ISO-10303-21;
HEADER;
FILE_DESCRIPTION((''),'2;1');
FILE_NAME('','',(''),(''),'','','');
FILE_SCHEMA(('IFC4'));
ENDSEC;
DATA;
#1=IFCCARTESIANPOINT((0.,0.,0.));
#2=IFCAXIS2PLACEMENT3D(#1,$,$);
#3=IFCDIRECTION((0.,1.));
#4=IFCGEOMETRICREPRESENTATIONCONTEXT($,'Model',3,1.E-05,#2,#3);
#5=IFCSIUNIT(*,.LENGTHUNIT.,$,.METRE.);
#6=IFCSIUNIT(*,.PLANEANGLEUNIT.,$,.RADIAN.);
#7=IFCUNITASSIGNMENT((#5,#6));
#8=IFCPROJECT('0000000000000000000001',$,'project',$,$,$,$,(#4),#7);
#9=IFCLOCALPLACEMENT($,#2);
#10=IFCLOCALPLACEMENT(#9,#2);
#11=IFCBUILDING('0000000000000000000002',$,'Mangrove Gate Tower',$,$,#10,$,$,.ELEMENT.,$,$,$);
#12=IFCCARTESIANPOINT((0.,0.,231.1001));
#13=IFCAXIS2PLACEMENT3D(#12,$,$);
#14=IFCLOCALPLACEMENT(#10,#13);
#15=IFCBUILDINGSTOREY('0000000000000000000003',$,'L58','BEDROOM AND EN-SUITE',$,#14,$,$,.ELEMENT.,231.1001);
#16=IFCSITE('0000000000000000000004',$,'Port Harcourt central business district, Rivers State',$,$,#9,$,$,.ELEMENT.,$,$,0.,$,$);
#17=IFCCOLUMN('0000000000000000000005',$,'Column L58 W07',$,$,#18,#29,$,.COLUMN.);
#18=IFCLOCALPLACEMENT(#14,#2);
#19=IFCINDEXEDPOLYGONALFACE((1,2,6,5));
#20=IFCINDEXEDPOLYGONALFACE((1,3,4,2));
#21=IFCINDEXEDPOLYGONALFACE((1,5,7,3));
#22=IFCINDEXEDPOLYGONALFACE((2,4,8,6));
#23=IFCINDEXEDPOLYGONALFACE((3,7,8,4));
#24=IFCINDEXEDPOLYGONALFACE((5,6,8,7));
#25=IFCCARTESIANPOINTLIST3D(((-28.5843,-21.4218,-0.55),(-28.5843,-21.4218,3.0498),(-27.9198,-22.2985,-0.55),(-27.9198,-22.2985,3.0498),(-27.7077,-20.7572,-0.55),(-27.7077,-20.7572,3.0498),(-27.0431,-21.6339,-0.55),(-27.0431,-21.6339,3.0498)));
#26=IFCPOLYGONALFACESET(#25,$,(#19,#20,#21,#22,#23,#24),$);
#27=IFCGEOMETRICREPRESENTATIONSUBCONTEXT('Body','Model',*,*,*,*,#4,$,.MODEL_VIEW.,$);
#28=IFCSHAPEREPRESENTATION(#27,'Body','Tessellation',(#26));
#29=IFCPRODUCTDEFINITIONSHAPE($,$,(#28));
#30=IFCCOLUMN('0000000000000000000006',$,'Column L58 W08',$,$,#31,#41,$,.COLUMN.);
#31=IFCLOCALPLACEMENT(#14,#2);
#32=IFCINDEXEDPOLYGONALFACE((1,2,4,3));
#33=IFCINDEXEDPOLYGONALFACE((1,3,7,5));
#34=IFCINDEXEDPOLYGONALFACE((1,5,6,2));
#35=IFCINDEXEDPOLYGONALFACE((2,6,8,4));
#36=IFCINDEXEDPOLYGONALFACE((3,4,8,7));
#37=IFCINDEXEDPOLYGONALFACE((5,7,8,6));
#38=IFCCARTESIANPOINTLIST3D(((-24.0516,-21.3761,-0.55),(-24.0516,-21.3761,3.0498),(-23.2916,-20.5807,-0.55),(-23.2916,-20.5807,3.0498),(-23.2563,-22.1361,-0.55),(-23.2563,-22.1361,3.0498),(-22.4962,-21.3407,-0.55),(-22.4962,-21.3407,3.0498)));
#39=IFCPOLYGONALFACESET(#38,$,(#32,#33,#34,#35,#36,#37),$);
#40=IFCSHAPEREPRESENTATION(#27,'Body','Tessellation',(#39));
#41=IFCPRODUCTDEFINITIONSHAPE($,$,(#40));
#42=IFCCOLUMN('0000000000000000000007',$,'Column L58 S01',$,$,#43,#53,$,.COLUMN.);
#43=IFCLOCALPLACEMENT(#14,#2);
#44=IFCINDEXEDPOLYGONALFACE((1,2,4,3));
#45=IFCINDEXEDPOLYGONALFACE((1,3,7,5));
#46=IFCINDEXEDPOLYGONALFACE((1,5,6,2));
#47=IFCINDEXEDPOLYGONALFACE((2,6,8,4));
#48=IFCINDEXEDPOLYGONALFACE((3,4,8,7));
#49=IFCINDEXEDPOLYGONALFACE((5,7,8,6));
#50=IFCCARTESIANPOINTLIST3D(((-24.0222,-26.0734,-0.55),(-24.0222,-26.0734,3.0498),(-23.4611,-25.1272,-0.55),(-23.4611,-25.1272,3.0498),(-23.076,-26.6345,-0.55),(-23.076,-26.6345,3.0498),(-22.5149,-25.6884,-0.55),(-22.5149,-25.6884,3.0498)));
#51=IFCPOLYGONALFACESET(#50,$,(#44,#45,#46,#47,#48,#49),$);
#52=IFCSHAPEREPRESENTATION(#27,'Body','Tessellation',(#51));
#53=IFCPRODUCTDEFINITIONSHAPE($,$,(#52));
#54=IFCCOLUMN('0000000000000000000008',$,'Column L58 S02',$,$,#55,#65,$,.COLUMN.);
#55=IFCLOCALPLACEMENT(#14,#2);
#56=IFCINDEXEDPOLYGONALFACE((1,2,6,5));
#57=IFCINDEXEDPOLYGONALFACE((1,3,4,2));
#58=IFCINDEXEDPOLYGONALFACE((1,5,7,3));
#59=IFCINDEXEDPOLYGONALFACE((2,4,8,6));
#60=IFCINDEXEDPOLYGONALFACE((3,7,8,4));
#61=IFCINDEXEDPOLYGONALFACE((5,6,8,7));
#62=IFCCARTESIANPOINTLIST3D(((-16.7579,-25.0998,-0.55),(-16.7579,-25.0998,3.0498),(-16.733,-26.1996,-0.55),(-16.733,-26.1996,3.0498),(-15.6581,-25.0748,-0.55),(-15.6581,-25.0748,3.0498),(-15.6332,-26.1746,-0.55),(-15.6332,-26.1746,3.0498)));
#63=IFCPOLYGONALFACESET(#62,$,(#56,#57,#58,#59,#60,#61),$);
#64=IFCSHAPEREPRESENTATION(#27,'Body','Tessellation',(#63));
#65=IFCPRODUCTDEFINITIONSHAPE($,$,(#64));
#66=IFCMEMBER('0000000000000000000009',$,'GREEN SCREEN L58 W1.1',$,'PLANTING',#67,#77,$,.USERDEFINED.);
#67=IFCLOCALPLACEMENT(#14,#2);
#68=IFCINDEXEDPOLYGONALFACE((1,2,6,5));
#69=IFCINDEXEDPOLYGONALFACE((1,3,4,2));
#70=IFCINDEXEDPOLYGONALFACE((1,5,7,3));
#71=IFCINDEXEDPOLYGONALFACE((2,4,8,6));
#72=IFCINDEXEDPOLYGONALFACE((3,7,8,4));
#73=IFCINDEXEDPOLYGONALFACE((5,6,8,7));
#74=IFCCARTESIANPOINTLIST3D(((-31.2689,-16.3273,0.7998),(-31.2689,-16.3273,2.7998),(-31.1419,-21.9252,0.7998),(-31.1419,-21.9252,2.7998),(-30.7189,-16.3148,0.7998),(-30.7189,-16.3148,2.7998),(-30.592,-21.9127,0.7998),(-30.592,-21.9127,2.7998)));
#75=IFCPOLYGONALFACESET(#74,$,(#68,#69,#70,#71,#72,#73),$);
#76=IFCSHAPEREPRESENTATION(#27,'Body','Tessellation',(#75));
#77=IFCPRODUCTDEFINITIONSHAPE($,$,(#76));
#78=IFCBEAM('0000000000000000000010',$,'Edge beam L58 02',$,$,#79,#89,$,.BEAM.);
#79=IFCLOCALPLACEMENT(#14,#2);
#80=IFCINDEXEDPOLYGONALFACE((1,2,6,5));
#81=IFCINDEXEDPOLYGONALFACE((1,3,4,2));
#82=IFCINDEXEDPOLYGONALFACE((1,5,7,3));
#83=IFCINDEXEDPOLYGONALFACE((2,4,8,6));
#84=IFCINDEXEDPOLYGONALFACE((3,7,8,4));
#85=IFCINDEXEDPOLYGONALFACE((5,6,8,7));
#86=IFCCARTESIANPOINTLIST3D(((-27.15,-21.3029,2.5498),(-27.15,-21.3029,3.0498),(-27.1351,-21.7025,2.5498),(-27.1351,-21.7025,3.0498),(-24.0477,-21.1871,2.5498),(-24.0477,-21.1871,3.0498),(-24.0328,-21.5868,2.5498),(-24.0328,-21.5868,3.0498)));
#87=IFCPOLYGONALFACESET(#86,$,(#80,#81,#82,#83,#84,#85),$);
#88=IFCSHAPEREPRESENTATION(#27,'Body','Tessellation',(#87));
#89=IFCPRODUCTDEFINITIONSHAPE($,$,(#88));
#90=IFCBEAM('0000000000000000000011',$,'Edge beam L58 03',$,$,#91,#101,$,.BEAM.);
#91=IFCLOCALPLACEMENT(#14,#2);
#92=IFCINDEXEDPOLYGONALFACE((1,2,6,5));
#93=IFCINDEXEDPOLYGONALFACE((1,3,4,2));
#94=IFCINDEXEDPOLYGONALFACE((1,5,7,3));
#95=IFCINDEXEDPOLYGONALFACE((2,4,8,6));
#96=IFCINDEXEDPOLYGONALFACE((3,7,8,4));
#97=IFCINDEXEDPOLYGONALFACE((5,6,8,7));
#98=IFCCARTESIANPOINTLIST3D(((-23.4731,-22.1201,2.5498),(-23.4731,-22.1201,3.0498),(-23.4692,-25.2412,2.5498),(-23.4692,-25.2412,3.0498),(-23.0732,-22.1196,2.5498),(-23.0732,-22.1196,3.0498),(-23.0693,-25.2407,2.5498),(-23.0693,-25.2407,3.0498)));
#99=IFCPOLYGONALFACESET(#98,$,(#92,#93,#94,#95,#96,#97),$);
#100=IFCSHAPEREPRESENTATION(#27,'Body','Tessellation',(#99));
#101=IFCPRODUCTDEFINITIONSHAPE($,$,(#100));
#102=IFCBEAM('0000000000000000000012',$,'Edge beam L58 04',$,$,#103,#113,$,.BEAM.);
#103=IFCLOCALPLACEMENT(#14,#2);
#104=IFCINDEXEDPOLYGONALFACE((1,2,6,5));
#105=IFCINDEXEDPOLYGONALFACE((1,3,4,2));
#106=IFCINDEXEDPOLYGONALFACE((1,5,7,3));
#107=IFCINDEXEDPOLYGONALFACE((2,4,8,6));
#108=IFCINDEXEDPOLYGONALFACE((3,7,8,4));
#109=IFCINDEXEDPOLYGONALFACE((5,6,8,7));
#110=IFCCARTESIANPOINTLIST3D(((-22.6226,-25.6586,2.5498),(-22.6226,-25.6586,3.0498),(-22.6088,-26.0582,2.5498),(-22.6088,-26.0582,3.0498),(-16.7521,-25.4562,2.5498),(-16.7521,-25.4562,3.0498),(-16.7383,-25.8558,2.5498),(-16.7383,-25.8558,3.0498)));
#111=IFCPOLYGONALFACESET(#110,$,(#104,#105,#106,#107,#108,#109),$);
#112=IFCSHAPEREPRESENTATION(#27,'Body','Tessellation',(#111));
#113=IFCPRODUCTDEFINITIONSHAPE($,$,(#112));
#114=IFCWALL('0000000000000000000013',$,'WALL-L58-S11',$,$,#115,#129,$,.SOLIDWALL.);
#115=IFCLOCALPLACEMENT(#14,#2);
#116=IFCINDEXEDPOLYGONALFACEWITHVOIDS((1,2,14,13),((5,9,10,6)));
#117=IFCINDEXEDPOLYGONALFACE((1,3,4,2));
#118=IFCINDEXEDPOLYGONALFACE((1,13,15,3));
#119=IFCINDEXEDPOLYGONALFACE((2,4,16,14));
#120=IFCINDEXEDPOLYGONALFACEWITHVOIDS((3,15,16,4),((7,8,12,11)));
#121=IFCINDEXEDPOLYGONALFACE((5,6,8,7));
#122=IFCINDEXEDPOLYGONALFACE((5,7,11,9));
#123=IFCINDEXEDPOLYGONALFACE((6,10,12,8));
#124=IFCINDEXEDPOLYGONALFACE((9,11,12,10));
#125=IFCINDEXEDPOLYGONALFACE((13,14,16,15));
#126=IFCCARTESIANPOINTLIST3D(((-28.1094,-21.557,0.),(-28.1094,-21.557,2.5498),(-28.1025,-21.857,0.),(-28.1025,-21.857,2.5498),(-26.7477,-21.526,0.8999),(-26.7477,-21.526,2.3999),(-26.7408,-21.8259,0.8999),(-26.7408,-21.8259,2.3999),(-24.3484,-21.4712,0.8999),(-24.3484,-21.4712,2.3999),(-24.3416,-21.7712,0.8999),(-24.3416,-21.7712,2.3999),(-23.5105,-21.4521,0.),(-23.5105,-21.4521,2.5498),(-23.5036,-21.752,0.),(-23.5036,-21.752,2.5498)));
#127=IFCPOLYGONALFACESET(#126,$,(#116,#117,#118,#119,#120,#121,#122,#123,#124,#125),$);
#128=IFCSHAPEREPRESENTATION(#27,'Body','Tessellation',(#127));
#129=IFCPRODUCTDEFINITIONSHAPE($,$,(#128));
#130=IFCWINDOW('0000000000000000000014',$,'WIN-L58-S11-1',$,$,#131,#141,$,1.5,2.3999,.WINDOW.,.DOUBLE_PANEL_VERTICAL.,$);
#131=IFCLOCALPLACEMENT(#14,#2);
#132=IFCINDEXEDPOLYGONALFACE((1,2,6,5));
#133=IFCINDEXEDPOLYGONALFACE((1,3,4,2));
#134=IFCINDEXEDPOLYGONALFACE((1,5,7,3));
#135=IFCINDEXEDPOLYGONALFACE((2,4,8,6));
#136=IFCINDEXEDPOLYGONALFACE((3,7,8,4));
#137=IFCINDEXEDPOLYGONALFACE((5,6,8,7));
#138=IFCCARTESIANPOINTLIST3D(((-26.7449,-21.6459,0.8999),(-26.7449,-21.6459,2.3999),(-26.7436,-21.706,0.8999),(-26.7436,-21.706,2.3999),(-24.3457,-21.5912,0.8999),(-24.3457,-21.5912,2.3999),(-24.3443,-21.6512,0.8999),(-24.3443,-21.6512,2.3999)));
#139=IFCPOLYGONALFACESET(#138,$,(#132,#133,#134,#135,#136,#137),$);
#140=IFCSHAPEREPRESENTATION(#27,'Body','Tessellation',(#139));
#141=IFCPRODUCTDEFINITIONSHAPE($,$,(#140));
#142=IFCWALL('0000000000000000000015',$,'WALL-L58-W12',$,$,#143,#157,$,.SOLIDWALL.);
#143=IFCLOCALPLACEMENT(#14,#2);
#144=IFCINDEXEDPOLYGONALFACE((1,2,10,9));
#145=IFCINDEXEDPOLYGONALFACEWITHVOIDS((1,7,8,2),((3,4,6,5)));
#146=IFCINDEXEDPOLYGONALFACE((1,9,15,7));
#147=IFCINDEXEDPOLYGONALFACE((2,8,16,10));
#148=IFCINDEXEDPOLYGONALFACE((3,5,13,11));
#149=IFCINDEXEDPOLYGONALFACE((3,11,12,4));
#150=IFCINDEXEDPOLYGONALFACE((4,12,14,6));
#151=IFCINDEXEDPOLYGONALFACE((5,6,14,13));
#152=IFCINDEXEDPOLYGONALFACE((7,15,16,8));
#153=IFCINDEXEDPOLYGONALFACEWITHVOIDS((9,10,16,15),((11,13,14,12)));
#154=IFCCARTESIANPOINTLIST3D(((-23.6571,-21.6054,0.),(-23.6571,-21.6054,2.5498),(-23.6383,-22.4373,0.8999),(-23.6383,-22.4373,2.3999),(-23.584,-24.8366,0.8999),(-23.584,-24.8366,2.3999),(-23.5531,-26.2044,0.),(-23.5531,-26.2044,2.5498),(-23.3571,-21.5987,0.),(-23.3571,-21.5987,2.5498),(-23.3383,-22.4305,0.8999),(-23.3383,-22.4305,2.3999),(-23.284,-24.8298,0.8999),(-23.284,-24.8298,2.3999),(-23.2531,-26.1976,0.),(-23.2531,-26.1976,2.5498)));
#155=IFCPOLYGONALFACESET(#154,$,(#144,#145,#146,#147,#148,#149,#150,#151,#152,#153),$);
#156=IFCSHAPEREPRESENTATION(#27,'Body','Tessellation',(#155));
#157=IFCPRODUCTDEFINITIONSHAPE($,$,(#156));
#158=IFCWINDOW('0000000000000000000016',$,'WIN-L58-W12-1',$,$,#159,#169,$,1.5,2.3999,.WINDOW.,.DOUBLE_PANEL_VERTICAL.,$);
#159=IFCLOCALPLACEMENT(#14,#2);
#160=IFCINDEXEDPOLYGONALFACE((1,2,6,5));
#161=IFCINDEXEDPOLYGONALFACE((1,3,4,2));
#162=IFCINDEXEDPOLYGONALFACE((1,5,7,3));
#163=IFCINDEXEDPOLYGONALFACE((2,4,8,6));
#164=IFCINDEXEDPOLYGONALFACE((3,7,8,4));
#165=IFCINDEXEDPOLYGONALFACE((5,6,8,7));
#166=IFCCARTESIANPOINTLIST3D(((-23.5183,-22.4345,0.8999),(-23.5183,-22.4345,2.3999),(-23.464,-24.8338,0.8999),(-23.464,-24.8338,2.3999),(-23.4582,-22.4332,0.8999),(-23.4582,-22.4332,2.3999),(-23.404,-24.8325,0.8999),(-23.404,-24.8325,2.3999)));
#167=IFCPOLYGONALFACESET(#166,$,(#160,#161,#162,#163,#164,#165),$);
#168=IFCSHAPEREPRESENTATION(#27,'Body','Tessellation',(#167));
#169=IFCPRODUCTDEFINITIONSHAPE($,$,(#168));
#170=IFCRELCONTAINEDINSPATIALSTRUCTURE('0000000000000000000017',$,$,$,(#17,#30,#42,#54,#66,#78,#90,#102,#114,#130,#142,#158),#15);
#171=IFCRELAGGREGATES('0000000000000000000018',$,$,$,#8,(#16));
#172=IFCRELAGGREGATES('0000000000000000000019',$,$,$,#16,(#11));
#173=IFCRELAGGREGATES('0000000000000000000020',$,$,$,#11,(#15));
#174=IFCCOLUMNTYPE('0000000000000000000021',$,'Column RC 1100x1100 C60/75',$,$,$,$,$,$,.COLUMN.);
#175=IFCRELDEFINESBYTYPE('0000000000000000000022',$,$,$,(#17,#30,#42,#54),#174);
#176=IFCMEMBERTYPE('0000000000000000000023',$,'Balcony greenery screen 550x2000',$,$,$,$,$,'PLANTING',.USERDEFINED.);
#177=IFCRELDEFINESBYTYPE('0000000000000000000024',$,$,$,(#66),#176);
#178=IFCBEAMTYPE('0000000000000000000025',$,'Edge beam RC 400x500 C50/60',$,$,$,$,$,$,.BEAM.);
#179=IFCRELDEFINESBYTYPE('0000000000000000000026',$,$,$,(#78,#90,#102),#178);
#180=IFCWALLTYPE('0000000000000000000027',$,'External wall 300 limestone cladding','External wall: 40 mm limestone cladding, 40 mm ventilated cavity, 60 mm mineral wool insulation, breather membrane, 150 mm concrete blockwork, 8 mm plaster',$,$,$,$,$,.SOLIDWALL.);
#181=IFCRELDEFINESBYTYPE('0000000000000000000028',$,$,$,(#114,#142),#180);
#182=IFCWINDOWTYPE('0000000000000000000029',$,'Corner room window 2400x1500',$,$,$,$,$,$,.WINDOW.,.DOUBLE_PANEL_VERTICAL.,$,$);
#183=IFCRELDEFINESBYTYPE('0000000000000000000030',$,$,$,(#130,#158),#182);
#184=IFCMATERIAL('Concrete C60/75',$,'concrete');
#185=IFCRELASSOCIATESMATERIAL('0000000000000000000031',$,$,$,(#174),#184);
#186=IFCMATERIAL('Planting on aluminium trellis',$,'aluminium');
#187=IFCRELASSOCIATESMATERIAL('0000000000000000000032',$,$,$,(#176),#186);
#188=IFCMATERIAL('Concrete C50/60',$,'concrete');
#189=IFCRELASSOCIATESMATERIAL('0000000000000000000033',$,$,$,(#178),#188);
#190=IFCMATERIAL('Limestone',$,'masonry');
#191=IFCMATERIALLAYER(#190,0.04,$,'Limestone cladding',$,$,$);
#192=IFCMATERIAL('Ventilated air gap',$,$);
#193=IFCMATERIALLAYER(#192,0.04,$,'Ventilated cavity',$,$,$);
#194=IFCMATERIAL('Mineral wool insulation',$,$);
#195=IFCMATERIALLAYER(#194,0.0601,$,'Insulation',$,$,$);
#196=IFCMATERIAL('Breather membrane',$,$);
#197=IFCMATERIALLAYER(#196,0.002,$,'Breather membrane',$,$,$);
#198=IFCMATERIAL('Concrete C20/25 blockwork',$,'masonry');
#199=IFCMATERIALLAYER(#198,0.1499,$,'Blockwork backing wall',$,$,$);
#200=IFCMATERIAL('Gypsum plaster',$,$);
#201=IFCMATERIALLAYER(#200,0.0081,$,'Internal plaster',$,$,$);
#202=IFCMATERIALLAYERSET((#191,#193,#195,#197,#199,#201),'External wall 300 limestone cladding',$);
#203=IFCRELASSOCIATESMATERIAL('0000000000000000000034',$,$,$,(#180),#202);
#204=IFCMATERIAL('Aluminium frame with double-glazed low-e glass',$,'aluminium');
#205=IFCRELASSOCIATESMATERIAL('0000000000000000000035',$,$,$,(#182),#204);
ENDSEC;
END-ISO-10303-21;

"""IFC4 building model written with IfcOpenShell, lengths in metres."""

from ifc_helpers import new_model, si_unit, direction, frame, frame_2d, origin, origin_2d, place, context, subcontext, project, spatial, rectangle, extrude, material, layer, layer_set, material_profile, profile_set, type_object, element, fill, save


model = new_model("IFC4")

# Units and contexts
model_context = context("Model", 3, precision=1e-05, world=origin(), true_north=direction((0.0, 1.0)))
body_context = subcontext(model_context, "Body", "Model", "MODEL_VIEW")
ifc_project = project(units=[si_unit("LENGTHUNIT", "METRE"), si_unit("PLANEANGLEUNIT", "RADIAN")], contexts=[model_context])

# Site, building, storey
site_placement = place(None, origin())
site = spatial("IfcSite", under=ifc_project, at=site_placement, Name="Port Harcourt central business district, Rivers State", CompositionType="ELEMENT", RefElevation=0.0)
building_placement = place(site_placement, origin())
building = spatial("IfcBuilding", under=site, at=building_placement, Name="Mangrove Gate Tower", CompositionType="ELEMENT")
storey_placement = place(building_placement, frame((0.0, 0.0, 231.1001)))
storey = spatial("IfcBuildingStorey", under=building, at=storey_placement, Name="L58", Description="BEDROOM AND EN-SUITE", CompositionType="ELEMENT", Elevation=231.1001)

# Columns
ifc_material_1 = material(Name="Concrete C60/75", Category="concrete")
ifc_material_profile_1 = material_profile(ifc_material_1, rectangle(XDim=1.1001, YDim=1.1001, at=origin_2d()))
ifc_profile_set_1 = profile_set([ifc_material_profile_1], Name="Concrete C60/75")
column_type = type_object("IfcColumnType", Name="Column RC 1100x1100 C60/75", PredefinedType="COLUMN", material=ifc_profile_set_1)
for number, where, z_axis, x_axis, name in (
    (1, (-27.8137, -21.5278, -0.55), (0.0, 0.0, 1.0), (0.604088, -0.796917, 0.0), "Column L58 W07"),
    (2, (-23.2739, -21.3584, -0.55), (0.0, 0.0, 1.0), (0.722989, -0.69086, 0.0), "Column L58 W08"),
    (3, (-23.2686, -25.8809, -0.55), (0.0, 0.0, 1.0), (0.860103, -0.510121, 0.0), "Column L58 S01"),
    (4, (-16.1956, -25.6372, -0.55), (0.0, 0.0, 1.0), (0.999743, 0.022666, 0.0), "Column L58 S02"),
):
    element("IfcColumn", number, at=place(storey_placement, frame(where, z_axis=z_axis, x_axis=x_axis)), inside=storey, type_object=column_type, Name=name, PredefinedType="COLUMN", context=body_context, shape_type="SweptSolid", body=[
        extrude(rectangle(XDim=1.1001, YDim=1.1001, at=origin_2d()), origin(), (0.0, 0.0, 1.0), 3.5999),
    ])

# Member
ifc_material_2 = material(Name="Planting on aluminium trellis", Category="aluminium")
ifc_material_profile_2 = material_profile(ifc_material_2, rectangle(XDim=0.55, YDim=2.0, at=origin_2d()))
ifc_profile_set_2 = profile_set([ifc_material_profile_2], Name="Planting on aluminium trellis")
member_type = type_object("IfcMemberType", Name="Balcony greenery screen 550x2000", ElementType="PLANTING", PredefinedType="USERDEFINED", material=ifc_profile_set_2)
member_placement = place(storey_placement, frame((-30.8669, -21.9189, 1.7998), z_axis=(-0.022673, 0.999743, 0.0), x_axis=(-0.999743, -0.022673, 0.0)))
element("IfcMember", 5, at=member_placement, inside=storey, type_object=member_type, Name="GREEN SCREEN L58 W1.1", ObjectType="PLANTING", PredefinedType="USERDEFINED", context=body_context, shape_type="SweptSolid", body=[
    extrude(rectangle(XDim=0.55, YDim=2.0, at=origin_2d()), origin(), (0.0, 0.0, 1.0), 5.5994),
])

# Beams
ifc_material_3 = material(Name="Concrete C50/60", Category="concrete")
ifc_material_profile_3 = material_profile(ifc_material_3, rectangle(XDim=0.3999, YDim=0.5, at=origin_2d()))
ifc_profile_set_3 = profile_set([ifc_material_profile_3], Name="Concrete C50/60")
beam_type = type_object("IfcBeamType", Name="Edge beam RC 400x500 C50/60", PredefinedType="BEAM", material=ifc_profile_set_3)
beam_1_placement = place(storey_placement, frame((-27.1426, -21.5027, 2.7998), z_axis=(0.999305, 0.037276, 0.0), x_axis=(-0.037276, 0.999305, 0.0)))
element("IfcBeam", 6, at=beam_1_placement, inside=storey, type_object=beam_type, Name="Edge beam L58 02", PredefinedType="BEAM", context=body_context, shape_type="SweptSolid", body=[
    extrude(rectangle(XDim=0.3999, YDim=0.5, at=origin_2d()), origin(), (0.0, 0.0, 1.0), 3.1045),
])
beam_2_placement = place(storey_placement, frame((-23.2732, -22.1199, 2.7998), z_axis=(0.001252, -0.999999, 0.0), x_axis=(0.999999, 0.001252, 0.0)))
element("IfcBeam", 7, at=beam_2_placement, inside=storey, type_object=beam_type, Name="Edge beam L58 03", PredefinedType="BEAM", context=body_context, shape_type="SweptSolid", body=[
    extrude(rectangle(XDim=0.3999, YDim=0.5, at=origin_2d()), origin(), (0.0, 0.0, 1.0), 3.1211),
])
beam_3_placement = place(storey_placement, frame((-22.6157, -25.8584, 2.7998), z_axis=(0.999406, 0.034455, 0.0), x_axis=(-0.034455, 0.999406, 0.0)))
element("IfcBeam", 8, at=beam_3_placement, inside=storey, type_object=beam_type, Name="Edge beam L58 04", PredefinedType="BEAM", context=body_context, shape_type="SweptSolid", body=[
    extrude(rectangle(XDim=0.3999, YDim=0.5, at=origin_2d()), origin(), (0.0, 0.0, 1.0), 5.874),
])

# Walls, openings, windows
ifc_material_4 = material(Name="Limestone", Category="masonry")
ifc_layer_1 = layer(ifc_material_4, 0.04, Name="Limestone cladding")
ifc_material_5 = material(Name="Ventilated air gap")
ifc_layer_2 = layer(ifc_material_5, 0.04, Name="Ventilated cavity")
ifc_material_6 = material(Name="Mineral wool insulation")
ifc_layer_3 = layer(ifc_material_6, 0.0601, Name="Insulation")
ifc_material_7 = material(Name="Breather membrane")
ifc_layer_4 = layer(ifc_material_7, 0.002, Name="Breather membrane")
ifc_material_8 = material(Name="Concrete C20/25 blockwork", Category="masonry")
ifc_layer_5 = layer(ifc_material_8, 0.1499, Name="Blockwork backing wall")
ifc_material_9 = material(Name="Gypsum plaster")
ifc_layer_6 = layer(ifc_material_9, 0.0081, Name="Internal plaster")
ifc_layer_set_1 = layer_set([ifc_layer_1, ifc_layer_2, ifc_layer_3, ifc_layer_4, ifc_layer_5, ifc_layer_6], Name="External wall 300 limestone cladding")
wall_type_1 = type_object("IfcWallType", Name="External wall 300 limestone cladding", Description="External wall: 40 mm limestone cladding, 40 mm ventilated cavity, 60 mm mineral wool insulation, breather membrane, 150 mm concrete blockwork, 8 mm plaster", PredefinedType="SOLIDWALL", material=ifc_layer_set_1)
wall_1_placement = place(storey_placement, frame((-28.106, -21.707, 0.0), z_axis=(0.0, 0.0, 1.0), x_axis=(0.99974, 0.022821, 0.0)))
wall_1 = element("IfcWall", 9, at=wall_1_placement, inside=storey, type_object=wall_type_1, Name="WALL-L58-S11", PredefinedType="SOLIDWALL", context=body_context, shape_type="SweptSolid", body=[
    extrude(rectangle(XDim=4.6001, YDim=0.3, at=frame_2d((2.3, 0.0))), origin(), (0.0, 0.0, 1.0), 2.5498),
])
opening_1_placement = place(wall_1_placement, frame((1.3621, 0.0, 0.8999)))
opening_1 = element("IfcOpeningElement", 10, at=opening_1_placement, cuts=wall_1, PredefinedType="OPENING", context=body_context, shape_type="SweptSolid", body=[
    extrude(rectangle(XDim=2.3999, YDim=1.5, at=frame_2d((1.2, 0.75))), frame((0.0, 0.1599, 0.0), z_axis=(0.0, -1.0, 0.0), x_axis=(1.0, 0.0, 0.0)), (0.0, 0.0, 1.0), 0.3201),
])
ifc_material_10 = material(Name="Aluminium frame with double-glazed low-e glass", Category="aluminium")
window_type_1 = type_object("IfcWindowType", Name="Corner room window 2400x1500", PartitioningType="DOUBLE_PANEL_VERTICAL", PredefinedType="WINDOW", material=ifc_material_10)
window_1_placement = place(opening_1_placement, origin())
window_1 = element("IfcWindow", 11, at=window_1_placement, inside=storey, type_object=window_type_1, Name="WIN-L58-S11-1", OverallHeight=1.5, OverallWidth=2.3999, PartitioningType="DOUBLE_PANEL_VERTICAL", PredefinedType="WINDOW", context=body_context, shape_type="SweptSolid", body=[
    extrude(rectangle(XDim=2.3999, YDim=1.5, at=frame_2d((1.2, 0.75))), frame((0.0, 0.03, 0.0), z_axis=(0.0, -1.0, 0.0), x_axis=(1.0, 0.0, 0.0)), (0.0, 0.0, 1.0), 0.0601),
])
fill(opening_1, window_1)
wall_2_placement = place(storey_placement, frame((-23.5071, -21.6021, 0.0), z_axis=(0.0, 0.0, 1.0), x_axis=(0.022609, -0.999744, 0.0)))
wall_2 = element("IfcWall", 12, at=wall_2_placement, inside=storey, type_object=wall_type_1, Name="WALL-L58-W12", PredefinedType="SOLIDWALL", context=body_context, shape_type="SweptSolid", body=[
    extrude(rectangle(XDim=4.6001, YDim=0.3, at=frame_2d((2.3, 0.0))), origin(), (0.0, 0.0, 1.0), 2.5498),
])
opening_2_placement = place(wall_2_placement, frame((0.832, 0.0, 0.8999)))
opening_2 = element("IfcOpeningElement", 13, at=opening_2_placement, cuts=wall_2, PredefinedType="OPENING", context=body_context, shape_type="SweptSolid", body=[
    extrude(rectangle(XDim=2.3999, YDim=1.5, at=frame_2d((1.2, 0.75))), frame((0.0, 0.1599, 0.0), z_axis=(0.0, -1.0, 0.0), x_axis=(1.0, 0.0, 0.0)), (0.0, 0.0, 1.0), 0.3201),
])
window_2_placement = place(opening_2_placement, origin())
window_2 = element("IfcWindow", 14, at=window_2_placement, inside=storey, type_object=window_type_1, Name="WIN-L58-W12-1", OverallHeight=1.5, OverallWidth=2.3999, PartitioningType="DOUBLE_PANEL_VERTICAL", PredefinedType="WINDOW", context=body_context, shape_type="SweptSolid", body=[
    extrude(rectangle(XDim=2.3999, YDim=1.5, at=frame_2d((1.2, 0.75))), frame((0.0, 0.03, 0.0), z_axis=(0.0, -1.0, 0.0), x_axis=(1.0, 0.0, 0.0)), (0.0, 0.0, 1.0), 0.0601),
])
fill(opening_2, window_2)

save(model, "model.ifc")
